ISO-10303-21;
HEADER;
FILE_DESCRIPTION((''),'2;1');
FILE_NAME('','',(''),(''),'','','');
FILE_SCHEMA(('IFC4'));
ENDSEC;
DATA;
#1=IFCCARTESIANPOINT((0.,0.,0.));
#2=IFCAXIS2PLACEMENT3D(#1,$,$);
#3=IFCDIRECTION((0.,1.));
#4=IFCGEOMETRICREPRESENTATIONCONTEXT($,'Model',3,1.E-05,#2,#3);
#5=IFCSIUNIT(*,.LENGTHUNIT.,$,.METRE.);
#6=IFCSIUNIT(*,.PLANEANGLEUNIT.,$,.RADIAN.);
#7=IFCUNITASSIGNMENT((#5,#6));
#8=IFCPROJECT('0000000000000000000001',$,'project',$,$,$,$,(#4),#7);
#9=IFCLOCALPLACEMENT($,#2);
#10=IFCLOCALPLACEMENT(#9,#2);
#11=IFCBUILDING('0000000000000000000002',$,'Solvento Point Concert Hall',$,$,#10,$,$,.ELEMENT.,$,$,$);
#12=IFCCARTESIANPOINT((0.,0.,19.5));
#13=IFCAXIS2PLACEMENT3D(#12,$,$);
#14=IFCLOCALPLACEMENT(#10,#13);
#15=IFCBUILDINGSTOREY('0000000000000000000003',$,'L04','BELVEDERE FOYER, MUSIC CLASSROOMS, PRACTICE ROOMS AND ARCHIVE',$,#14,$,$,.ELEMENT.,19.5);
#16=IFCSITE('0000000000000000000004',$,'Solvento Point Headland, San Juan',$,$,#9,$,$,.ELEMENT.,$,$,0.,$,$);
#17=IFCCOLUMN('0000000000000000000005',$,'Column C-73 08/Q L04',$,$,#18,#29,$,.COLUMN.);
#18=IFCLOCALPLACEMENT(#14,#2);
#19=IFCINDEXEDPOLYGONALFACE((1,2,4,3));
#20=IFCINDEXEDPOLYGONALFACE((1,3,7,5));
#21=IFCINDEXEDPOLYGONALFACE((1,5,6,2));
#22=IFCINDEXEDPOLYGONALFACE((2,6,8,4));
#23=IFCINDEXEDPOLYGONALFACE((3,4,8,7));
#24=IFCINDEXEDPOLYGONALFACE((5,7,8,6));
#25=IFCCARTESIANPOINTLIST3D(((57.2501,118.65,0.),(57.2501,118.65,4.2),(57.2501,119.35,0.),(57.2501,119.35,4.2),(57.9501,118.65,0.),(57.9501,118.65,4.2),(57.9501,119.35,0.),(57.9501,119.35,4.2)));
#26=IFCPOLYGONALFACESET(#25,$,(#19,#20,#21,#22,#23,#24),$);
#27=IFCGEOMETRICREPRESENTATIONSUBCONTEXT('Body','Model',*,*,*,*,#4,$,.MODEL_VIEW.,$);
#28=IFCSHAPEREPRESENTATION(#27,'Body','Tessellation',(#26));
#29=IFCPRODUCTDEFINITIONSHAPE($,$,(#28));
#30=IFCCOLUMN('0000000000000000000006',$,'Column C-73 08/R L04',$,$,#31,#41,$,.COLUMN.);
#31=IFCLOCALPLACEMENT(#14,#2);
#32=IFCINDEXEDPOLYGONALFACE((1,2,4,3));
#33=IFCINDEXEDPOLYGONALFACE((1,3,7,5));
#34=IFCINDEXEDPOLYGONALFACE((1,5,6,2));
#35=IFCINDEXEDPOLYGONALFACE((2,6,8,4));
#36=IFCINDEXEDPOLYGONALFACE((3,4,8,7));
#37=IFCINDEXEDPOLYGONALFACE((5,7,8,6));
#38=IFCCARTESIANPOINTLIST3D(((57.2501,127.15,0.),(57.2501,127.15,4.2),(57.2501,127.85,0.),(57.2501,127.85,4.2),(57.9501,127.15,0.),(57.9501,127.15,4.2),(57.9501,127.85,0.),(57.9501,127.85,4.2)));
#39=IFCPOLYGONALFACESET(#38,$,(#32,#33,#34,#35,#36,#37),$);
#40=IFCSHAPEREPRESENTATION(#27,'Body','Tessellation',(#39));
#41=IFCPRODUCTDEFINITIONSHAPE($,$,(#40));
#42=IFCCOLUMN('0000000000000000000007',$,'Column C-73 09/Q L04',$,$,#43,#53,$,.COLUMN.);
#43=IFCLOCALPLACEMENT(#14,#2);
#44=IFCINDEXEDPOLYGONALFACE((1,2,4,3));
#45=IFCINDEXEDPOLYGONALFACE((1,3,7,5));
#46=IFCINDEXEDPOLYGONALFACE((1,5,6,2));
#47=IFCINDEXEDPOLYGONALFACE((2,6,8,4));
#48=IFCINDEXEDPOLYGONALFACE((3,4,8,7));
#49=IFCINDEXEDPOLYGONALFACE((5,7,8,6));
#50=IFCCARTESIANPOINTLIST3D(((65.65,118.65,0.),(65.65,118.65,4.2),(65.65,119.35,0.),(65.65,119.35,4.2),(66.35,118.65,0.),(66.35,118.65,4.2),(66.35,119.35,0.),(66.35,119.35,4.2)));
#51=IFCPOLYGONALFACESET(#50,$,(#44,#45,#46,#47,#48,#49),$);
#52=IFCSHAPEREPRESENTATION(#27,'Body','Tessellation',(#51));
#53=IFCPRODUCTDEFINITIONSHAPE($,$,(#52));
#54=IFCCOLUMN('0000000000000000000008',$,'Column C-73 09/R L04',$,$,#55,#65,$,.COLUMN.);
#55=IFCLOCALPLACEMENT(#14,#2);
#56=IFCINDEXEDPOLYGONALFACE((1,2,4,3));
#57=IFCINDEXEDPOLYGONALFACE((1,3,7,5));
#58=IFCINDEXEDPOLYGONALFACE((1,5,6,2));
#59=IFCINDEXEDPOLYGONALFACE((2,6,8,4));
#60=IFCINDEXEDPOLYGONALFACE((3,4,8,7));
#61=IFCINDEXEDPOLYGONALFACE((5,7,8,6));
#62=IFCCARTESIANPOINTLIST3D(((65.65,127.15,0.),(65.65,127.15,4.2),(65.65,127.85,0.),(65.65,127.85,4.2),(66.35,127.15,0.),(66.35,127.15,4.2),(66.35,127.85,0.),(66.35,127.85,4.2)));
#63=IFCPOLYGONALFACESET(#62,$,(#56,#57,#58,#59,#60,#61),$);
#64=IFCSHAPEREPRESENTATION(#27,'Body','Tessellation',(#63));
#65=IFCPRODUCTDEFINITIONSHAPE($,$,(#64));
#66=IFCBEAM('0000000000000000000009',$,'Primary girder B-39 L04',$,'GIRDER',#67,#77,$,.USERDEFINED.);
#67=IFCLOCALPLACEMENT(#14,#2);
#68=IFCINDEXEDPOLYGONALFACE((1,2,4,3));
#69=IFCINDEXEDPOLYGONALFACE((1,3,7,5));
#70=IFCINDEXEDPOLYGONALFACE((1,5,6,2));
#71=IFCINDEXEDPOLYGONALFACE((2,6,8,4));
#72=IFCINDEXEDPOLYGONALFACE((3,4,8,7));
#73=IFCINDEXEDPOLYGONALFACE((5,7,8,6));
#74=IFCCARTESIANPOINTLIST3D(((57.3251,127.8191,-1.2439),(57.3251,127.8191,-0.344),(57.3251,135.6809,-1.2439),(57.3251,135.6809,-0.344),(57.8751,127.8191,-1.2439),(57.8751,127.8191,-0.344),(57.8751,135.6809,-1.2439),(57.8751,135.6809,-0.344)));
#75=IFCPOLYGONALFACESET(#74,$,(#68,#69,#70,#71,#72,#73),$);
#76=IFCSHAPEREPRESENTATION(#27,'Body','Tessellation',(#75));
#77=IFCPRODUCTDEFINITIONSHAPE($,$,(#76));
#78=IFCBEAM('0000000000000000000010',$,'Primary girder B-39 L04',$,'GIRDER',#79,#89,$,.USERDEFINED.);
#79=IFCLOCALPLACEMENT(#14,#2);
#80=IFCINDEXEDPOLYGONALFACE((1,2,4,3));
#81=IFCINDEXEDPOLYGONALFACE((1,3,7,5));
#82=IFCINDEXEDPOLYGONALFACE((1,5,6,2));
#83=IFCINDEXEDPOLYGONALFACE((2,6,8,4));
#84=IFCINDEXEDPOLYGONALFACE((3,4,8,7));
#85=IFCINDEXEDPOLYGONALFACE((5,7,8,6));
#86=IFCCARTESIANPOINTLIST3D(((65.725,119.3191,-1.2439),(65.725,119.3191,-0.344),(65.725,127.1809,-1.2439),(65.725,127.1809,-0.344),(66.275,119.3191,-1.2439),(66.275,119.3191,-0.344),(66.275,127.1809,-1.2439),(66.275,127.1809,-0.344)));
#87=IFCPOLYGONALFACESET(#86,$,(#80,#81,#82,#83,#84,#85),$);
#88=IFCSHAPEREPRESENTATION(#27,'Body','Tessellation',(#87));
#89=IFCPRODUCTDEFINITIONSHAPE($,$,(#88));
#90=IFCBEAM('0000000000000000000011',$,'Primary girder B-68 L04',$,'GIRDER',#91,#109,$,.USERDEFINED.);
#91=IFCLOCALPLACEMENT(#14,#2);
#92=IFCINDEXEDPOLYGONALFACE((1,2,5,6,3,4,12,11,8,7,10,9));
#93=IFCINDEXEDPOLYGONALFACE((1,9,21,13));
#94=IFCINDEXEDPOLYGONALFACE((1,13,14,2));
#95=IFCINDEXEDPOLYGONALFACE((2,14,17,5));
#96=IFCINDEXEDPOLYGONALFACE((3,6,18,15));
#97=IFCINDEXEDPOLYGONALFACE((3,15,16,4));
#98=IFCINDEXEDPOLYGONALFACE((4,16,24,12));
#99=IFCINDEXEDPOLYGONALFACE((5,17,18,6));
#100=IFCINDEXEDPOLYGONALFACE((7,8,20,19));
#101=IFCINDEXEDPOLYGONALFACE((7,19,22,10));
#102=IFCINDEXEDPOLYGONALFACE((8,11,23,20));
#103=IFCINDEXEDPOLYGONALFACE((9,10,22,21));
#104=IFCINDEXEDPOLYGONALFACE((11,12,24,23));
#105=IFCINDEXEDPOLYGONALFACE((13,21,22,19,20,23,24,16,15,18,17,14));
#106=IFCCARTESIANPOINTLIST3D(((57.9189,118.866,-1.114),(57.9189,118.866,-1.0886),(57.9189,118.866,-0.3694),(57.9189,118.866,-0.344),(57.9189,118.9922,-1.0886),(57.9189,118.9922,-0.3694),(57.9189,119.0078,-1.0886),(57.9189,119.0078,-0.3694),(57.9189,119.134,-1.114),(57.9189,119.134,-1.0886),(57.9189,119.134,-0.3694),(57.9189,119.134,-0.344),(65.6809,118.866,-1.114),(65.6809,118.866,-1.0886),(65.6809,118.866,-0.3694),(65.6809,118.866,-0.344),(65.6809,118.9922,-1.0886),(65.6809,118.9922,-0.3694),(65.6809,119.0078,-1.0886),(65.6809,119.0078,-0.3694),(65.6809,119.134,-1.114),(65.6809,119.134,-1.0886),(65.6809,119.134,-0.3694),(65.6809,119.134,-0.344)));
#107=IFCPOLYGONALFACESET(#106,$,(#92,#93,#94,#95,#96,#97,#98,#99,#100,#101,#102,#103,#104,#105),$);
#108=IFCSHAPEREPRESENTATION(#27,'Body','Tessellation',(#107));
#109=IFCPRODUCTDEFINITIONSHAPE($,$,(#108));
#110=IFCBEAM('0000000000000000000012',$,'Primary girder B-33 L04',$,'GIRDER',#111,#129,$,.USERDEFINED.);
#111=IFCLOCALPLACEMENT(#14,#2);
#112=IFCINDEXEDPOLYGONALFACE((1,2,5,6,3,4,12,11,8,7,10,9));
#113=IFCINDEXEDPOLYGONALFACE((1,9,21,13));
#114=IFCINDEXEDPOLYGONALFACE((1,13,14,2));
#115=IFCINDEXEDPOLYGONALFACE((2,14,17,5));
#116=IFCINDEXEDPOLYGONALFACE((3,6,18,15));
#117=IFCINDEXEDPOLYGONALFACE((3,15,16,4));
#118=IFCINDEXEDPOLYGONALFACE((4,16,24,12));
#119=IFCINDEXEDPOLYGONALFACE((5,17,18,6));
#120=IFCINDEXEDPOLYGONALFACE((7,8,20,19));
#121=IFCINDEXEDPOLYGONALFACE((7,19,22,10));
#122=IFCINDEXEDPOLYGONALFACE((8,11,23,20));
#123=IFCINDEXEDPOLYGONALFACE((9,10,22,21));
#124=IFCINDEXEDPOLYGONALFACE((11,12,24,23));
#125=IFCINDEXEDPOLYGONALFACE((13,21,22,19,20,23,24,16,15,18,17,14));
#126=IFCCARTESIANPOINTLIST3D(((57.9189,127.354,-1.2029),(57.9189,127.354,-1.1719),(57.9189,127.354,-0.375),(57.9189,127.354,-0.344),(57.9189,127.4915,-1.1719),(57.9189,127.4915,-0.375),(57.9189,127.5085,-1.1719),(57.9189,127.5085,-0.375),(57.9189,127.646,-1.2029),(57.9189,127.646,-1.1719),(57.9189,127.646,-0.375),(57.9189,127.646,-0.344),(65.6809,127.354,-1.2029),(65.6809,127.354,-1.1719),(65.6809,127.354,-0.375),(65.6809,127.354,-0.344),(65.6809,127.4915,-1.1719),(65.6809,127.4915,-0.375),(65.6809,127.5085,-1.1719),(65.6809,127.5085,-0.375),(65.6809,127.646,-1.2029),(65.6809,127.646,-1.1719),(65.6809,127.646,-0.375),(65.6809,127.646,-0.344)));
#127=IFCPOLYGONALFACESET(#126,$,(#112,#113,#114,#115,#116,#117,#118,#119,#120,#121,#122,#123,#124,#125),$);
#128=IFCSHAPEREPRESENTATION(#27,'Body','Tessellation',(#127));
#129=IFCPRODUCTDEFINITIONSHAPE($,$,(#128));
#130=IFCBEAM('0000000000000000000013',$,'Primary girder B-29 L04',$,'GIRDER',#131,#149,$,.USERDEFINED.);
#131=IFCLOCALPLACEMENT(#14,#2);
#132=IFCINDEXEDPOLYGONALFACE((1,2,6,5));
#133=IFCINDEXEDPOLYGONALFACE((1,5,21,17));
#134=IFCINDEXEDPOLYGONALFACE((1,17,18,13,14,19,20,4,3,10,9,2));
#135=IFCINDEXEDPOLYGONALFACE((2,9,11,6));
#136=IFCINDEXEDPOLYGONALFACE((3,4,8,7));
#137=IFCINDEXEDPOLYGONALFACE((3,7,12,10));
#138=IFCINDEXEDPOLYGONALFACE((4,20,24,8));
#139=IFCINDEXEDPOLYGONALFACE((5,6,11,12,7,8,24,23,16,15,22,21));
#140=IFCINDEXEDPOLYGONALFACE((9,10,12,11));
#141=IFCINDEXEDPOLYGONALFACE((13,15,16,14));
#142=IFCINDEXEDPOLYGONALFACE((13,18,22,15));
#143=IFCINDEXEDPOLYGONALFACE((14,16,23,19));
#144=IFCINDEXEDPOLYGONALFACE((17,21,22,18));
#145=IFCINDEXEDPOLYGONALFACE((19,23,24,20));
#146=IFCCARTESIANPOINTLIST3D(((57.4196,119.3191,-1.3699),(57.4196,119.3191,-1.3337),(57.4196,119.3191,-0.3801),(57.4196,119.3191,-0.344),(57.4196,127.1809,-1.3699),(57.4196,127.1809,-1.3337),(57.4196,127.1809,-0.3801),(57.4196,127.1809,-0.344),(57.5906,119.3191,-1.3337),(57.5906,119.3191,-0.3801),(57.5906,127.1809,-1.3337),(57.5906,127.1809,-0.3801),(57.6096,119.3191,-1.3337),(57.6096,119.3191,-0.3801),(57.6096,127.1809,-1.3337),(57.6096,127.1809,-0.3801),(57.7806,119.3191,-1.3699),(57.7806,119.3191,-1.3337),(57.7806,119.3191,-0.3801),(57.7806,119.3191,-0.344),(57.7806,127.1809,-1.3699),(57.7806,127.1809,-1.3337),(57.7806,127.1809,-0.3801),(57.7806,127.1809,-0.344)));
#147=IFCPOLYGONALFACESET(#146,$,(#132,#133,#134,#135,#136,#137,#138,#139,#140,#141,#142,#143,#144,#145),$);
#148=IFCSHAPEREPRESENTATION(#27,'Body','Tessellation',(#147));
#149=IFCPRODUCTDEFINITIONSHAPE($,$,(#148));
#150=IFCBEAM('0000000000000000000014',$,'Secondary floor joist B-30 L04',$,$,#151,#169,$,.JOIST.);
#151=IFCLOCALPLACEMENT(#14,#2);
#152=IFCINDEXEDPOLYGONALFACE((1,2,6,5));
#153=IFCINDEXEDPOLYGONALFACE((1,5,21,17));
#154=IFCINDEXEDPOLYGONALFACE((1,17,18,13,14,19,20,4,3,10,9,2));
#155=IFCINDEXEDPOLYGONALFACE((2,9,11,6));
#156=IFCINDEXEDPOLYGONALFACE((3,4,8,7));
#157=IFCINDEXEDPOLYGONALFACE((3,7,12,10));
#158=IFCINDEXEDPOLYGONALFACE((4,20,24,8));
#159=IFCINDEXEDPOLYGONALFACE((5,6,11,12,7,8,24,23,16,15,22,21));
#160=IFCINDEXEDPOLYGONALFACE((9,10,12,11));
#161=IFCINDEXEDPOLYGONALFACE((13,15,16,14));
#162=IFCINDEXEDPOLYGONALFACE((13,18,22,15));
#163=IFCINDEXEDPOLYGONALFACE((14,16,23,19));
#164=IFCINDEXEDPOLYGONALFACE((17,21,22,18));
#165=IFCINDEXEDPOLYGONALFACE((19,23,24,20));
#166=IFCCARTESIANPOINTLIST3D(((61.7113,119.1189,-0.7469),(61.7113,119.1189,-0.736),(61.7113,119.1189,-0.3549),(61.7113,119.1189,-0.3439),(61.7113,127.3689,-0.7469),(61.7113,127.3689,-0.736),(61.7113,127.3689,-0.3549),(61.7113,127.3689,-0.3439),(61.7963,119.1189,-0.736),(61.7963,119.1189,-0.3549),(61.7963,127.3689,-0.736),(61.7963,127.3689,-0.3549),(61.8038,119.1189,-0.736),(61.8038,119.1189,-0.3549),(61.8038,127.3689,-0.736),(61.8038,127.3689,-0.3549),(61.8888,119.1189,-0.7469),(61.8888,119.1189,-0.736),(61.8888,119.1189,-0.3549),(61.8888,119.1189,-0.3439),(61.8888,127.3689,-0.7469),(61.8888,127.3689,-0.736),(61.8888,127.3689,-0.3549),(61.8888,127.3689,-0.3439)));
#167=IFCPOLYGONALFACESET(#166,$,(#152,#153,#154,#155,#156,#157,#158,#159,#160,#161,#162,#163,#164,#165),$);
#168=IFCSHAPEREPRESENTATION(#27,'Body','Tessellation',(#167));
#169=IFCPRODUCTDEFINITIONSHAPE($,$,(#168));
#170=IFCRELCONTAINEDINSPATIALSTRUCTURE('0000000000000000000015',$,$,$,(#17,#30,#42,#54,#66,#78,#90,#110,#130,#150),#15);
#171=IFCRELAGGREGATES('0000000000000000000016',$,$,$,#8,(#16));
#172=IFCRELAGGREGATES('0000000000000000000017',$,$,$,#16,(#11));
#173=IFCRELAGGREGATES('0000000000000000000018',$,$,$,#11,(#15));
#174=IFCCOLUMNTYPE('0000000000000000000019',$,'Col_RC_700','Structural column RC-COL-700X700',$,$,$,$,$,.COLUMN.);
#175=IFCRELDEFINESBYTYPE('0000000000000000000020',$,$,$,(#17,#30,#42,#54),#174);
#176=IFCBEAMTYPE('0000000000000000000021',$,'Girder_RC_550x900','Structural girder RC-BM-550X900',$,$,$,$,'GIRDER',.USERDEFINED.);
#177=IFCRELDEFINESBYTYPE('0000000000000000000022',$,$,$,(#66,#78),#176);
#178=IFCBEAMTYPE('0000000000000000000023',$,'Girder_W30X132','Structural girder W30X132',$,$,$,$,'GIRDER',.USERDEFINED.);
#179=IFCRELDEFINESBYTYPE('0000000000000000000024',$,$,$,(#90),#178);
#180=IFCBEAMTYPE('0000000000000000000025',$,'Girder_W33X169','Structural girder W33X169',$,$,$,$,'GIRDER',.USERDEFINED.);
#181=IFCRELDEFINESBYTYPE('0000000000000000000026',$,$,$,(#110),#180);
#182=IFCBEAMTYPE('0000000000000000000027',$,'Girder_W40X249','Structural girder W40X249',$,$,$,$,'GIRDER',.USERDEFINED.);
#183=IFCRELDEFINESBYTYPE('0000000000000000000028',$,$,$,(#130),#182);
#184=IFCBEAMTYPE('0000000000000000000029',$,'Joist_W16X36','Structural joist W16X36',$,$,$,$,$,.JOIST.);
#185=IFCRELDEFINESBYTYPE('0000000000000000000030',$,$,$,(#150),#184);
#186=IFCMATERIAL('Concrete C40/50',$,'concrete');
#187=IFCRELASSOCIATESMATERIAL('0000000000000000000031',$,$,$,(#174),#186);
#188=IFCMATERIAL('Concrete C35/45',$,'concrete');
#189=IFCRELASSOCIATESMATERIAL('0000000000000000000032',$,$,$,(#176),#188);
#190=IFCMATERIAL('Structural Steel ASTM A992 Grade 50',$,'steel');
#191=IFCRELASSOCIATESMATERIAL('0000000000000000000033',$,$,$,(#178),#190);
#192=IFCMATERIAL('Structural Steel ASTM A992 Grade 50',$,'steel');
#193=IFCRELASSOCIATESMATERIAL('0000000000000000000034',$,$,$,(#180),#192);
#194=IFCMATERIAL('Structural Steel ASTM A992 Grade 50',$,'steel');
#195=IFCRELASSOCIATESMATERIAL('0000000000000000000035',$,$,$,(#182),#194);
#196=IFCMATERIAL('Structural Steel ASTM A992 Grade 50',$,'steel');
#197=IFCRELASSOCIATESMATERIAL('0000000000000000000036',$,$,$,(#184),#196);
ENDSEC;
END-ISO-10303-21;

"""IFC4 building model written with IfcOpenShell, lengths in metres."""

from ifc_helpers import new_model, si_unit, direction, frame, origin, origin_2d, place, context, subcontext, project, spatial, rectangle, i_section, extrude, material, material_profile, profile_set, type_object, element, save


model = new_model("IFC4")

# Units and contexts
model_context = context("Model", 3, precision=1e-05, world=origin(), true_north=direction((0.0, 1.0)))
body_context = subcontext(model_context, "Body", "Model", "MODEL_VIEW")
ifc_project = project(units=[si_unit("LENGTHUNIT", "METRE"), si_unit("PLANEANGLEUNIT", "RADIAN")], contexts=[model_context])

# Site, building, storey
site_placement = place(None, origin())
site = spatial("IfcSite", under=ifc_project, at=site_placement, Name="Solvento Point Headland, San Juan", CompositionType="ELEMENT", RefElevation=0.0)
building_placement = place(site_placement, origin())
building = spatial("IfcBuilding", under=site, at=building_placement, Name="Solvento Point Concert Hall", CompositionType="ELEMENT")
storey_placement = place(building_placement, frame((0.0, 0.0, 19.5)))
storey = spatial("IfcBuildingStorey", under=building, at=storey_placement, Name="L04", Description="BELVEDERE FOYER, MUSIC CLASSROOMS, PRACTICE ROOMS AND ARCHIVE", CompositionType="ELEMENT", Elevation=19.5)

# Columns
ifc_material_1 = material(Name="Concrete C40/50", Category="concrete")
ifc_material_profile_1 = material_profile(ifc_material_1, rectangle(XDim=0.7, YDim=0.7, at=origin_2d()), Name="RC-COL-700X700")
ifc_profile_set_1 = profile_set([ifc_material_profile_1], Name="Concrete C40/50")
column_type = type_object("IfcColumnType", Name="Col_RC_700", Description="Structural column RC-COL-700X700", PredefinedType="COLUMN", material=ifc_profile_set_1)
for number, where, z_axis, x_axis, name in (
    (1, (57.6001, 119.0, 0.0), (0.0, 0.0, 1.0), (1.0, 0.0, 0.0), "Column C-73 08/Q L04"),
    (2, (57.6001, 127.5, 0.0), (0.0, 0.0, 1.0), (1.0, 0.0, 0.0), "Column C-73 08/R L04"),
    (3, (66.0, 119.0, 0.0), (0.0, 0.0, 1.0), (1.0, 0.0, 0.0), "Column C-73 09/Q L04"),
    (4, (66.0, 127.5, 0.0), (0.0, 0.0, 1.0), (1.0, 0.0, 0.0), "Column C-73 09/R L04"),
):
    element("IfcColumn", number, at=place(storey_placement, frame(where, z_axis=z_axis, x_axis=x_axis)), inside=storey, type_object=column_type, Name=name, PredefinedType="COLUMN", context=body_context, shape_type="SweptSolid", body=[
        extrude(rectangle(XDim=0.7, YDim=0.7, at=origin_2d()), origin(), (0.0, 0.0, 1.0), 4.2),
    ])

# Beams
ifc_material_2 = material(Name="Concrete C35/45", Category="concrete")
ifc_material_profile_2 = material_profile(ifc_material_2, rectangle(XDim=0.55, YDim=0.8999, at=origin_2d()), Name="RC-BM-550X900")
ifc_profile_set_2 = profile_set([ifc_material_profile_2], Name="Concrete C35/45")
beam_type_1 = type_object("IfcBeamType", Name="Girder_RC_550x900", Description="Structural girder RC-BM-550X900", ElementType="GIRDER", PredefinedType="USERDEFINED", material=ifc_profile_set_2)
for number, where, z_axis, x_axis, name in (
    (5, (57.6001, 127.8191, -0.7939), (0.0, 1.0, 0.0), (-1.0, 0.0, 0.0), "Primary girder B-39 L04"),
    (6, (66.0, 119.3191, -0.7939), (0.0, 1.0, 0.0), (-1.0, 0.0, 0.0), "Primary girder B-39 L04"),
):
    element("IfcBeam", number, at=place(storey_placement, frame(where, z_axis=z_axis, x_axis=x_axis)), inside=storey, type_object=beam_type_1, Name=name, ObjectType="GIRDER", PredefinedType="USERDEFINED", context=body_context, shape_type="SweptSolid", body=[
        extrude(rectangle(XDim=0.55, YDim=0.8999, at=origin_2d()), origin(), (0.0, 0.0, 1.0), 7.8618),
    ])
ifc_material_3 = material(Name="Structural Steel ASTM A992 Grade 50", Category="steel")
ifc_material_profile_3 = material_profile(ifc_material_3, i_section(OverallWidth=0.2681, OverallDepth=0.77, WebThickness=0.0156, FlangeThickness=0.0254, at=origin_2d()), Name="W30X132")
ifc_profile_set_3 = profile_set([ifc_material_profile_3], Name="Structural Steel ASTM A992 Grade 50")
beam_type_2 = type_object("IfcBeamType", Name="Girder_W30X132", Description="Structural girder W30X132", ElementType="GIRDER", PredefinedType="USERDEFINED", material=ifc_profile_set_3)
beam_1_placement = place(storey_placement, frame((57.9189, 119.0, -0.729), z_axis=(1.0, 0.0, 0.0), x_axis=(0.0, 1.0, 0.0)))
element("IfcBeam", 7, at=beam_1_placement, inside=storey, type_object=beam_type_2, Name="Primary girder B-68 L04", ObjectType="GIRDER", PredefinedType="USERDEFINED", context=body_context, shape_type="SweptSolid", body=[
    extrude(i_section(OverallWidth=0.2681, OverallDepth=0.77, WebThickness=0.0156, FlangeThickness=0.0254, at=origin_2d()), origin(), (0.0, 0.0, 1.0), 7.762),
])
ifc_material_4 = material(Name="Structural Steel ASTM A992 Grade 50", Category="steel")
ifc_material_profile_4 = material_profile(ifc_material_4, i_section(OverallWidth=0.292, OverallDepth=0.8589, WebThickness=0.0171, FlangeThickness=0.031, at=origin_2d()), Name="W33X169")
ifc_profile_set_4 = profile_set([ifc_material_profile_4], Name="Structural Steel ASTM A992 Grade 50")
beam_type_3 = type_object("IfcBeamType", Name="Girder_W33X169", Description="Structural girder W33X169", ElementType="GIRDER", PredefinedType="USERDEFINED", material=ifc_profile_set_4)
beam_2_placement = place(storey_placement, frame((57.9189, 127.5, -0.7734), z_axis=(1.0, 0.0, 0.0), x_axis=(0.0, 1.0, 0.0)))
element("IfcBeam", 8, at=beam_2_placement, inside=storey, type_object=beam_type_3, Name="Primary girder B-33 L04", ObjectType="GIRDER", PredefinedType="USERDEFINED", context=body_context, shape_type="SweptSolid", body=[
    extrude(i_section(OverallWidth=0.292, OverallDepth=0.8589, WebThickness=0.0171, FlangeThickness=0.031, at=origin_2d()), origin(), (0.0, 0.0, 1.0), 7.762),
])
ifc_material_5 = material(Name="Structural Steel ASTM A992 Grade 50", Category="steel")
ifc_material_profile_5 = material_profile(ifc_material_5, i_section(OverallWidth=0.3611, OverallDepth=1.0259, WebThickness=0.019, FlangeThickness=0.0361, at=origin_2d()), Name="W40X249")
ifc_profile_set_5 = profile_set([ifc_material_profile_5], Name="Structural Steel ASTM A992 Grade 50")
beam_type_4 = type_object("IfcBeamType", Name="Girder_W40X249", Description="Structural girder W40X249", ElementType="GIRDER", PredefinedType="USERDEFINED", material=ifc_profile_set_5)
beam_3_placement = place(storey_placement, frame((57.6001, 119.3191, -0.8569), z_axis=(0.0, 1.0, 0.0), x_axis=(-1.0, 0.0, 0.0)))
element("IfcBeam", 9, at=beam_3_placement, inside=storey, type_object=beam_type_4, Name="Primary girder B-29 L04", ObjectType="GIRDER", PredefinedType="USERDEFINED", context=body_context, shape_type="SweptSolid", body=[
    extrude(i_section(OverallWidth=0.3611, OverallDepth=1.0259, WebThickness=0.019, FlangeThickness=0.0361, at=origin_2d()), origin(), (0.0, 0.0, 1.0), 7.8618),
])
ifc_material_6 = material(Name="Structural Steel ASTM A992 Grade 50", Category="steel")
ifc_material_profile_6 = material_profile(ifc_material_6, i_section(OverallWidth=0.1775, OverallDepth=0.4031, WebThickness=0.0076, FlangeThickness=0.011, at=origin_2d()), Name="W16X36")
ifc_profile_set_6 = profile_set([ifc_material_profile_6], Name="Structural Steel ASTM A992 Grade 50")
beam_type_5 = type_object("IfcBeamType", Name="Joist_W16X36", Description="Structural joist W16X36", PredefinedType="JOIST", material=ifc_profile_set_6)
beam_4_placement = place(storey_placement, frame((61.8, 119.1189, -0.5454), z_axis=(0.0, 1.0, 0.0), x_axis=(-1.0, 0.0, 0.0)))
element("IfcBeam", 10, at=beam_4_placement, inside=storey, type_object=beam_type_5, Name="Secondary floor joist B-30 L04", PredefinedType="JOIST", context=body_context, shape_type="SweptSolid", body=[
    extrude(i_section(OverallWidth=0.1775, OverallDepth=0.4031, WebThickness=0.0076, FlangeThickness=0.011, at=origin_2d()), origin(), (0.0, 0.0, 1.0), 8.25),
])

save(model, "model.ifc")
